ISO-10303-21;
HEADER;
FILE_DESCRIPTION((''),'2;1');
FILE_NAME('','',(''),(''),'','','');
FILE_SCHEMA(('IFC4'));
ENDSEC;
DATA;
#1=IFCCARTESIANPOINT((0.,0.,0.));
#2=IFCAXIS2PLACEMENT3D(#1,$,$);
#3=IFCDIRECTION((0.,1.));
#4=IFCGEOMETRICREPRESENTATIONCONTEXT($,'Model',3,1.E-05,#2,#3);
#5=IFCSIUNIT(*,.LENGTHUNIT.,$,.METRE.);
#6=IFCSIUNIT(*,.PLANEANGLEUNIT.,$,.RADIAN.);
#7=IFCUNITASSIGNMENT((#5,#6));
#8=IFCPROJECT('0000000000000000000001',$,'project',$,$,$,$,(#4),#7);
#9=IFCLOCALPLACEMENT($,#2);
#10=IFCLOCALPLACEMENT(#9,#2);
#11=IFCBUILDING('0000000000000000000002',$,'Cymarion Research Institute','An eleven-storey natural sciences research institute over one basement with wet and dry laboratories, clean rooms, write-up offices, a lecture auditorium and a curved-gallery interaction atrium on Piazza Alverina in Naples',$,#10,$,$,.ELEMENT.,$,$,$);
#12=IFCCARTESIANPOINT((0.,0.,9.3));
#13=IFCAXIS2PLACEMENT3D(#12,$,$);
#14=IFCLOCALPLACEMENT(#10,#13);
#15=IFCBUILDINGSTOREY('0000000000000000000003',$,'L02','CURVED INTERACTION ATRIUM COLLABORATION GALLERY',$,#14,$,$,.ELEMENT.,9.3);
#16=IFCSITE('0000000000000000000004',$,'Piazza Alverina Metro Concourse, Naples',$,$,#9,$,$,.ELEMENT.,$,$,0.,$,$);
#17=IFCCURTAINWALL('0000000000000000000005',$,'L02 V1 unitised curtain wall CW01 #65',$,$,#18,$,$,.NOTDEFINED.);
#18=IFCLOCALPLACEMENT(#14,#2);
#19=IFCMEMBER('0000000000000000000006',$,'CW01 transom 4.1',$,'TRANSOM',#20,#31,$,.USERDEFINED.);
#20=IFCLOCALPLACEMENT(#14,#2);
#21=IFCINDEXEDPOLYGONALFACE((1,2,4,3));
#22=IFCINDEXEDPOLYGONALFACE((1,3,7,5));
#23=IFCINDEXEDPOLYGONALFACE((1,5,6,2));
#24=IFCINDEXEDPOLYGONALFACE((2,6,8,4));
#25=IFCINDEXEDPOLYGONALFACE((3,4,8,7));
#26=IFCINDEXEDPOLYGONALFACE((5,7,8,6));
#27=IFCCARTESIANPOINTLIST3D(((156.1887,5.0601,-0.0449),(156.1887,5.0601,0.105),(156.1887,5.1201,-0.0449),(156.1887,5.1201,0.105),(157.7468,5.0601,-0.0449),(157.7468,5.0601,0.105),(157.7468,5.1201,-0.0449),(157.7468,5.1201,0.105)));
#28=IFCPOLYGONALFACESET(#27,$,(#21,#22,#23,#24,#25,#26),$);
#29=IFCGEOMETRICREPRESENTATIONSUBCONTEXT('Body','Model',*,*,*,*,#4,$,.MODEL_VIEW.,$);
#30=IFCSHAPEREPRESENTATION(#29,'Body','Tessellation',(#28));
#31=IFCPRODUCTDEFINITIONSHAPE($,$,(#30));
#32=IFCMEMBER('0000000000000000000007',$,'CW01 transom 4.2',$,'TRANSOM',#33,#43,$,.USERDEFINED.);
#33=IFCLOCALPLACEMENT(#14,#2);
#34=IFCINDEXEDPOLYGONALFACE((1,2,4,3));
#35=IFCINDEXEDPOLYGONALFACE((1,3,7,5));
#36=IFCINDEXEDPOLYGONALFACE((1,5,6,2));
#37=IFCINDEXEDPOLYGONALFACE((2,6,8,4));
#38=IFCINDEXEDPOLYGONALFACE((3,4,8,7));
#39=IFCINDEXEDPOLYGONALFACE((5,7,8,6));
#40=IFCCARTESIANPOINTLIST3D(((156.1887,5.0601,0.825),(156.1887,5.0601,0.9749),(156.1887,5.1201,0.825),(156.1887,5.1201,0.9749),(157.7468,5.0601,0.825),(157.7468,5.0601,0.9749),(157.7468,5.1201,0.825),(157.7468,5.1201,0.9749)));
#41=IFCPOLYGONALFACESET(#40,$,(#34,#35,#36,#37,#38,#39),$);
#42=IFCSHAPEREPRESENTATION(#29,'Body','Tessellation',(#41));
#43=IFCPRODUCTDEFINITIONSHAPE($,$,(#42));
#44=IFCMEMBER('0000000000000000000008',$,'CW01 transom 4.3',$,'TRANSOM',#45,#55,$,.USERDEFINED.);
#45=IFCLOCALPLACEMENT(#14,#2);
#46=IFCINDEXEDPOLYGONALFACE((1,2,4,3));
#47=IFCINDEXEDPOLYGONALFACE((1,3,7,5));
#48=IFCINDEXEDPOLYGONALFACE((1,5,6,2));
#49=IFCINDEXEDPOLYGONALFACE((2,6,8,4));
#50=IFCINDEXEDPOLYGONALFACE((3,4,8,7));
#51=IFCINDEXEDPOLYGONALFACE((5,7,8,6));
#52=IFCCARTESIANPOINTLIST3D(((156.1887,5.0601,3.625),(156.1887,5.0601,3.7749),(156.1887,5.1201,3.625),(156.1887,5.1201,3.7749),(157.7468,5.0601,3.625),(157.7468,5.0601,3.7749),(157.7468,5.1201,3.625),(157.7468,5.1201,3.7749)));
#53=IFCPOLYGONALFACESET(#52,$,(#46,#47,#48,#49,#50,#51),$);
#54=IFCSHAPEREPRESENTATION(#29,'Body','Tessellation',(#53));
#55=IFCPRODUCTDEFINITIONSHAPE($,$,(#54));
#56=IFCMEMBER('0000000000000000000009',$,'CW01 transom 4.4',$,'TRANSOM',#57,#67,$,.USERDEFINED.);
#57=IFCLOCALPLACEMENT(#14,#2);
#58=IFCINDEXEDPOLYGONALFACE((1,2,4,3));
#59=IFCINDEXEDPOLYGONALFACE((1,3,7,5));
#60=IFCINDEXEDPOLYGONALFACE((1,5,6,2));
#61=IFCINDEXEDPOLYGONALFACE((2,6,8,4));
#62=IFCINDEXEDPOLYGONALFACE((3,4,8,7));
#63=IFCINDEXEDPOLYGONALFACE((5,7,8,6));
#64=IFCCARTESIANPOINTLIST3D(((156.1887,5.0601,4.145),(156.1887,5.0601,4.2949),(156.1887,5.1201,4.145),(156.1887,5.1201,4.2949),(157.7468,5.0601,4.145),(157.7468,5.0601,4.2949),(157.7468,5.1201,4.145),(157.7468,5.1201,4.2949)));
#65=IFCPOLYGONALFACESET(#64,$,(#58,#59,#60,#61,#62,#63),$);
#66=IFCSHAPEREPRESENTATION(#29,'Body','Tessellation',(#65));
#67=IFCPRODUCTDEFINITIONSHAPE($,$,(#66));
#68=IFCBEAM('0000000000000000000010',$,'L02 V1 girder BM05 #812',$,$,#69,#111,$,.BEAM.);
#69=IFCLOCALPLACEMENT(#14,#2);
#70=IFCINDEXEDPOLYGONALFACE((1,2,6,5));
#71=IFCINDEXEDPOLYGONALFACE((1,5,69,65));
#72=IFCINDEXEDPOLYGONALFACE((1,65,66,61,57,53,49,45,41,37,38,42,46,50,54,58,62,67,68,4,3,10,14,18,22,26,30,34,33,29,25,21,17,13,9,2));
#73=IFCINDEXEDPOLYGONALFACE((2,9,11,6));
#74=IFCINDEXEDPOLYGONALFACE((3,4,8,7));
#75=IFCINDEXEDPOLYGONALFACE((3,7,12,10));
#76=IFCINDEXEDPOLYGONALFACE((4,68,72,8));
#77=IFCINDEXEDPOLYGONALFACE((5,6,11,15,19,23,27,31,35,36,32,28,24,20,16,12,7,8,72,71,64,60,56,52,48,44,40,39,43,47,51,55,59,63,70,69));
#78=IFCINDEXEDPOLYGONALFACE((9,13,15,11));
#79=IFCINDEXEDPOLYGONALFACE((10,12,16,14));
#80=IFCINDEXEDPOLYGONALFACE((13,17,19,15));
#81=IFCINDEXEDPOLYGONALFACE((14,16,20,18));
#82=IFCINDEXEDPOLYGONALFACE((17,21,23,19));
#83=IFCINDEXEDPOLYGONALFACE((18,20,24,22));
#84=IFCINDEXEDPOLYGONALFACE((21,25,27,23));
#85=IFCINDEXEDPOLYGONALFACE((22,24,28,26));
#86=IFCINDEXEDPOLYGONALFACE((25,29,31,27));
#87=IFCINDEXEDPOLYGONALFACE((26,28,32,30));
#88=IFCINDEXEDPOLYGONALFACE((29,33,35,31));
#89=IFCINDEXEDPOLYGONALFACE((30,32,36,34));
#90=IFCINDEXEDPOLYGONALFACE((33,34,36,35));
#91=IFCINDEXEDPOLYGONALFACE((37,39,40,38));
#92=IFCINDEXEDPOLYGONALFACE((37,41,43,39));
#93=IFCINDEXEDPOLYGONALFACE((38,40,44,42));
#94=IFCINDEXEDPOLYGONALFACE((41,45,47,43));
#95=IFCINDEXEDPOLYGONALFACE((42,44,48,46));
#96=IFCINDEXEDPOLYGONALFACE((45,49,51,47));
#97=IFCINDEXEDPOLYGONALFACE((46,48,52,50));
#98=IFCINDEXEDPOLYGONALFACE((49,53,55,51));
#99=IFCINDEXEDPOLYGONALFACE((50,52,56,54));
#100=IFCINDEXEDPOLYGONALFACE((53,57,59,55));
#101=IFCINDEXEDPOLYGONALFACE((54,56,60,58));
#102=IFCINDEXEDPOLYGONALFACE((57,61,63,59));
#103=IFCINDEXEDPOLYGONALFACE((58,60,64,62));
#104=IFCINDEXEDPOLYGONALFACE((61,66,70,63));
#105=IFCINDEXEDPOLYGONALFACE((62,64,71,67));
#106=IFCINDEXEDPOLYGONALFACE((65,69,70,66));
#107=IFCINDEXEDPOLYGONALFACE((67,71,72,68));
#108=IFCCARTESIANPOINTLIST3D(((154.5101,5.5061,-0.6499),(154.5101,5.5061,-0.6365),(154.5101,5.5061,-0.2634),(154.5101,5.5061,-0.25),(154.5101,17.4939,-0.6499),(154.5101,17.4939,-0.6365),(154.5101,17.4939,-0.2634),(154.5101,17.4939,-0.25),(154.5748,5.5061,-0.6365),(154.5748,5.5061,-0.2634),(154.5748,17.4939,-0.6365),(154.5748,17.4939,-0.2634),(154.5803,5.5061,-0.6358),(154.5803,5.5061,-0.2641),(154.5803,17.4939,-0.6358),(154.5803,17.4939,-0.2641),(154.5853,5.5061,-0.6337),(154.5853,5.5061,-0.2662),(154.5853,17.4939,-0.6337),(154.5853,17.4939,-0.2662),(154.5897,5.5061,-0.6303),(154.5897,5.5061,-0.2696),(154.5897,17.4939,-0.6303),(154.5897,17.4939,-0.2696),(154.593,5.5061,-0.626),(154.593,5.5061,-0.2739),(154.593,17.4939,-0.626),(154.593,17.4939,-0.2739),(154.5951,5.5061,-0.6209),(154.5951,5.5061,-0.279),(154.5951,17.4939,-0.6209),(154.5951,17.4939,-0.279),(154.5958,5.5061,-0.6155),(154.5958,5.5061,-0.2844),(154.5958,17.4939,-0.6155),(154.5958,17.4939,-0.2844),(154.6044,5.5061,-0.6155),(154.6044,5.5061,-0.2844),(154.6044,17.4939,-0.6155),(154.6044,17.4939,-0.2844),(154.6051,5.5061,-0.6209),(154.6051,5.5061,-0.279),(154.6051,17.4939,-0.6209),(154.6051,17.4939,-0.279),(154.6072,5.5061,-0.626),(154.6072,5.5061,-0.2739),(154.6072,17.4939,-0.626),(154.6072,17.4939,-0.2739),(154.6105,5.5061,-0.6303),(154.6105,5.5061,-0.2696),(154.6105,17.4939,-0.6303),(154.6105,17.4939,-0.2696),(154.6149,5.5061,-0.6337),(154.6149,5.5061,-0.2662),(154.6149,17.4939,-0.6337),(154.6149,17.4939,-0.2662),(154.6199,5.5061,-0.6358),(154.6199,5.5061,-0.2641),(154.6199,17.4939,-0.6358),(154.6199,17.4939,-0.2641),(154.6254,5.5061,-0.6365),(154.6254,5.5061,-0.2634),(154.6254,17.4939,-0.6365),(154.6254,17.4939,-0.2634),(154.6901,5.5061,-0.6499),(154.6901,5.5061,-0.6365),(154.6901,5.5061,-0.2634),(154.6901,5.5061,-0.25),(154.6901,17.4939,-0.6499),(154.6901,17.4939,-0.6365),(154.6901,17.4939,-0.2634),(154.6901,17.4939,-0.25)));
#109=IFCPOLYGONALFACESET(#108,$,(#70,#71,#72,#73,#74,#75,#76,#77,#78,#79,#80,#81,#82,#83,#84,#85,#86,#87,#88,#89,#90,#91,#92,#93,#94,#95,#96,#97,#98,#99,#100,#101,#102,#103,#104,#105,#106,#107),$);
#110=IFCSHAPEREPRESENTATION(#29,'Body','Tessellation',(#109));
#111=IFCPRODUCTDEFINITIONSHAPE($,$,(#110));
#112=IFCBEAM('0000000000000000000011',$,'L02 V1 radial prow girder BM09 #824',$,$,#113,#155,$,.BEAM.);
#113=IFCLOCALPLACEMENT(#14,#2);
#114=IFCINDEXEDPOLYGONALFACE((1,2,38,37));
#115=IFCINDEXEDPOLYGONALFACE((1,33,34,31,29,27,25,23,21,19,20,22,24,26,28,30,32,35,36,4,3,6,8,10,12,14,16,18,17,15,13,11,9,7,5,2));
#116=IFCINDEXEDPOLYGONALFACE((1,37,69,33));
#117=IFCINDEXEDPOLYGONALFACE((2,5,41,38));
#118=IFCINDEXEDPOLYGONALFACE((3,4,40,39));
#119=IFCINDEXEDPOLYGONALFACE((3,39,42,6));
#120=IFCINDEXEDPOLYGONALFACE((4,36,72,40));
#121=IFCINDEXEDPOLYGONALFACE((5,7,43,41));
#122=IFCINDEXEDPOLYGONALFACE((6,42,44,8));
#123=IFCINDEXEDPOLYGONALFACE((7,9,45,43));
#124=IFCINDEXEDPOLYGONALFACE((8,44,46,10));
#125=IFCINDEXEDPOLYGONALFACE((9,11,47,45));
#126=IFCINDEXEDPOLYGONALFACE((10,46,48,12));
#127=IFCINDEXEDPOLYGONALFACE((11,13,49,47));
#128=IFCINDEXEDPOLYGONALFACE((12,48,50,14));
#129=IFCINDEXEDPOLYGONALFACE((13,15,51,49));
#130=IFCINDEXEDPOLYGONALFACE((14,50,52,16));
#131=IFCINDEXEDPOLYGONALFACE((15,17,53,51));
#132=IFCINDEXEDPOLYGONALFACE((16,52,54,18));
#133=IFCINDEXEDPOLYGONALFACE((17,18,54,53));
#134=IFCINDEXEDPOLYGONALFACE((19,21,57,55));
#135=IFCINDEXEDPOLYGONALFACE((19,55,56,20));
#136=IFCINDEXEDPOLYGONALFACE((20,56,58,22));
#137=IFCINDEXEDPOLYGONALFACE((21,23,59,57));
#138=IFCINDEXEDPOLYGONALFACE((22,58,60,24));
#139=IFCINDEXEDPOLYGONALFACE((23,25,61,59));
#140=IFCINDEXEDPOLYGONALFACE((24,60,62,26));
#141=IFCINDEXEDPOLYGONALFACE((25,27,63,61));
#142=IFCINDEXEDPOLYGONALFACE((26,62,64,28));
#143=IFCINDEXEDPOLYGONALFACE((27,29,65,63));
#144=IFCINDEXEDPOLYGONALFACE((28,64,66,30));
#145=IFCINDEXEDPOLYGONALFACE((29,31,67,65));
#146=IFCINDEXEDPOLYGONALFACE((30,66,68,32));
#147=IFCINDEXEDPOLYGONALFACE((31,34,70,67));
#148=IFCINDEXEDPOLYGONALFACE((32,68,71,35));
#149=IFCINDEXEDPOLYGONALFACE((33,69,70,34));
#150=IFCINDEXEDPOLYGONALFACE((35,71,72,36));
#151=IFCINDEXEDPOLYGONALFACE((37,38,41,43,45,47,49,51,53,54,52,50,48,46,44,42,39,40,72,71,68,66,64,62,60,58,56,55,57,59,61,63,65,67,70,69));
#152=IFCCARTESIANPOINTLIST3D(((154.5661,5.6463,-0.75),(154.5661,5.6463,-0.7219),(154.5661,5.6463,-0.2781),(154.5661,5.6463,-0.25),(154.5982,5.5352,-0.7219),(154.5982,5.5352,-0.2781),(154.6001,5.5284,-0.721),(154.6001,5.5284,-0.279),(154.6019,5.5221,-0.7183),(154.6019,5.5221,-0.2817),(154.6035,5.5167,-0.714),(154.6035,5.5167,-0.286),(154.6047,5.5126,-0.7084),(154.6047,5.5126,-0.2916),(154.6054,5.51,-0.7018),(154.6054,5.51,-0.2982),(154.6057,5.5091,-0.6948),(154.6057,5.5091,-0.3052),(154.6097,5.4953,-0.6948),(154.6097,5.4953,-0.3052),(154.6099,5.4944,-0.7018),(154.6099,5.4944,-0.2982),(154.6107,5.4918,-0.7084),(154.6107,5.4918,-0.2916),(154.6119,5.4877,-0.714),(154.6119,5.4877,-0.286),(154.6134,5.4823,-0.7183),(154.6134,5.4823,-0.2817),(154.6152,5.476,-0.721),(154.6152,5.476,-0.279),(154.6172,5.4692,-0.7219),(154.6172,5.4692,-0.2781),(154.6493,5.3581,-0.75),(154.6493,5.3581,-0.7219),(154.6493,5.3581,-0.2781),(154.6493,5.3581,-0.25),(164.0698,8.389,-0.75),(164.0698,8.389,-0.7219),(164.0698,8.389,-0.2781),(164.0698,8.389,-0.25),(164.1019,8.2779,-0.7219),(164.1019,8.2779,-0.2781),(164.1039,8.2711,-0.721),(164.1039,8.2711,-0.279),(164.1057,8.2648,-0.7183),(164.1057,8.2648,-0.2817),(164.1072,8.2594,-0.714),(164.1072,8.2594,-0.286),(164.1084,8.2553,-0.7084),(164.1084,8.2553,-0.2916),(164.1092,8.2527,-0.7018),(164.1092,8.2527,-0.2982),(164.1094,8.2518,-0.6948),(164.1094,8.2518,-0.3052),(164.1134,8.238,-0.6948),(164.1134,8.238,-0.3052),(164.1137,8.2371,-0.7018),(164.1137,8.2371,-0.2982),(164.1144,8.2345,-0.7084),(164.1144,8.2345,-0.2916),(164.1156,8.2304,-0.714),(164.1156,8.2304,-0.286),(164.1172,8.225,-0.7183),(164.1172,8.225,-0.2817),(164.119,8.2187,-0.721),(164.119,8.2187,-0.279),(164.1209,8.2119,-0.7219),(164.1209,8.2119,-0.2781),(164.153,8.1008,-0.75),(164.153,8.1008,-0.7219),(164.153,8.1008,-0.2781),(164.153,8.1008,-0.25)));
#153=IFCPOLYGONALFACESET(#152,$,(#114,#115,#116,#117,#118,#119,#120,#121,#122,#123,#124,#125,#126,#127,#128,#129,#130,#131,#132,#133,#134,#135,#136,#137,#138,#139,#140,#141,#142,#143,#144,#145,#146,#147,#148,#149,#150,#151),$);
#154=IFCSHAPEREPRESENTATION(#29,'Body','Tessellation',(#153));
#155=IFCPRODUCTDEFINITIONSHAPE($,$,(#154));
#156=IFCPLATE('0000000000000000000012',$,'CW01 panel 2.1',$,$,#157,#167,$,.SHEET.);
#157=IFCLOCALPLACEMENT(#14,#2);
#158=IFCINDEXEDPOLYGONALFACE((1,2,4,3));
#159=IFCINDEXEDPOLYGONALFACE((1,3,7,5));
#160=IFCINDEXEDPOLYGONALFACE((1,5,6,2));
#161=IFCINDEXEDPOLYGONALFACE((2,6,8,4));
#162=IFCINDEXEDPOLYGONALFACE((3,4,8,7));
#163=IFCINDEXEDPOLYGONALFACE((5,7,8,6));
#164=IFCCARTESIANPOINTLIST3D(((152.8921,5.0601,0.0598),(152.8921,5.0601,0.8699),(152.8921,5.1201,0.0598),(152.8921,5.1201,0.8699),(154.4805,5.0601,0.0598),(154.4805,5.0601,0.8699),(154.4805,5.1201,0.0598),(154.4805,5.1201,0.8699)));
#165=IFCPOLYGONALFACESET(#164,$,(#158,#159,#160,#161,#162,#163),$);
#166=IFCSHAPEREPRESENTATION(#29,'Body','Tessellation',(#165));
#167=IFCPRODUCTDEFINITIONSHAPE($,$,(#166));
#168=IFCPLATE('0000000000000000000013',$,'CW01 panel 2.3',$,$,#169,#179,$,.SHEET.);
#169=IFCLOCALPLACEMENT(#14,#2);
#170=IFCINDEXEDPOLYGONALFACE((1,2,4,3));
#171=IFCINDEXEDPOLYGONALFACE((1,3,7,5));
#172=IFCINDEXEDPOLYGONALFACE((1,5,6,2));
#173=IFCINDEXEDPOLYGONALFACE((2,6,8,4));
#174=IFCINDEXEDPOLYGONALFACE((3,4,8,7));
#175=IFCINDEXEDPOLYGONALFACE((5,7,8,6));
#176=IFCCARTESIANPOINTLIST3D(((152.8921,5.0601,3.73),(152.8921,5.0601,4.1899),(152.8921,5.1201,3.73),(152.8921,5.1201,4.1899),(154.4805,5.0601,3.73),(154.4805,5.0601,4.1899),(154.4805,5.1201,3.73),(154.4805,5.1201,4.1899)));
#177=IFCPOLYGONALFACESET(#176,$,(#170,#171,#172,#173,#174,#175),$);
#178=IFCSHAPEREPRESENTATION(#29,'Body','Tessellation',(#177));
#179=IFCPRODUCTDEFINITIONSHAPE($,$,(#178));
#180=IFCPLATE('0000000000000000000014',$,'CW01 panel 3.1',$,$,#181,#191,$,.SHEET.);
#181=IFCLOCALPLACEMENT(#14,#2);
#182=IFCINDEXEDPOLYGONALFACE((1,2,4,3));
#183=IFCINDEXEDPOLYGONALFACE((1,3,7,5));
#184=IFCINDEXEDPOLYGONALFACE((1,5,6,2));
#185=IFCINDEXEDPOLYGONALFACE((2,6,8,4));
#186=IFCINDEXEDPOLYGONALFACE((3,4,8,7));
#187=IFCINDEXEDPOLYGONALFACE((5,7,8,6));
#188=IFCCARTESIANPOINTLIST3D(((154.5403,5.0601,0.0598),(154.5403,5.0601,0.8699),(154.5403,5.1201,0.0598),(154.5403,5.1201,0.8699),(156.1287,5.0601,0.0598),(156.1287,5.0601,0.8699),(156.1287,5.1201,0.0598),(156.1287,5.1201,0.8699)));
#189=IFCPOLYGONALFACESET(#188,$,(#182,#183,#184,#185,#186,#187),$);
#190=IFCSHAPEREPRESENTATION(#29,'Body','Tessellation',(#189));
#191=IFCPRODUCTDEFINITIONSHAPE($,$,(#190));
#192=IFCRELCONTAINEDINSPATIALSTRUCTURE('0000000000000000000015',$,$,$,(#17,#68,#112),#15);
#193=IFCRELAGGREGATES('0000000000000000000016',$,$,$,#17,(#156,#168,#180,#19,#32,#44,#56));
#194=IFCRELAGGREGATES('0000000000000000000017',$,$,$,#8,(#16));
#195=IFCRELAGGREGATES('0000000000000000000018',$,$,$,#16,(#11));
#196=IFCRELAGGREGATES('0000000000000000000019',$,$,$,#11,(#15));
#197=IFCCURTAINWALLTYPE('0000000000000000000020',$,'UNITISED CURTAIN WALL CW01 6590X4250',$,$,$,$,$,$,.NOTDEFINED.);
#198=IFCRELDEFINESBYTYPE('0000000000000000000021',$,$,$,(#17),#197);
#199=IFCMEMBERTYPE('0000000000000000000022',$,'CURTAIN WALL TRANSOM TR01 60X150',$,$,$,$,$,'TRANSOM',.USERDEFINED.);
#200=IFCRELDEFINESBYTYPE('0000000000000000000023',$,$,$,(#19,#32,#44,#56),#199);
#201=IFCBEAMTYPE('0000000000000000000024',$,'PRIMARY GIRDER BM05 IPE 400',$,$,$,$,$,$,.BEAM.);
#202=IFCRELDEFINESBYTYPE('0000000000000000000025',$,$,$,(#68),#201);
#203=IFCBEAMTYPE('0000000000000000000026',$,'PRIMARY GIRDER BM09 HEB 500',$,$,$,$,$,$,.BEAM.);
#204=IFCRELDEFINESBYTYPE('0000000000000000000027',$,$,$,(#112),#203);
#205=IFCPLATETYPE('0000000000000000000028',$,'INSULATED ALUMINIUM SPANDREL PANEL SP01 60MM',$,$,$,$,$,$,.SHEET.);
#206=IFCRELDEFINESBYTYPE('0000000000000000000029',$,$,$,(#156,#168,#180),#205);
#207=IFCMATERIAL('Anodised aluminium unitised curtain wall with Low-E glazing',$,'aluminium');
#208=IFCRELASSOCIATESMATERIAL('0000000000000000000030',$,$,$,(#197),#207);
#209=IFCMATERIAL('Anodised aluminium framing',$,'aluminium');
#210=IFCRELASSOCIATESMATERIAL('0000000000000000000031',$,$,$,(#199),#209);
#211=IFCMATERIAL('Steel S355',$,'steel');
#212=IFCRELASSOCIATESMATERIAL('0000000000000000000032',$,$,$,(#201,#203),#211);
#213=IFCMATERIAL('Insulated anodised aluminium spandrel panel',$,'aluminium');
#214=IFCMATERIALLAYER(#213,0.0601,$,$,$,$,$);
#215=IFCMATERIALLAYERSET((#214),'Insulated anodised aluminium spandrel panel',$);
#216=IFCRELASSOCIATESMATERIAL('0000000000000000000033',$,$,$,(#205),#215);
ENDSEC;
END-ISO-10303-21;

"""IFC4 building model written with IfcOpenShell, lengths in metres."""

from ifc_helpers import new_model, si_unit, direction, frame, origin, origin_2d, place, context, subcontext, project, spatial, rectangle, i_section, extrude, material, layer, layer_set, material_profile, profile_set, type_object, element, aggregate, save


model = new_model("IFC4")

# Units and contexts
model_context = context("Model", 3, precision=1e-05, world=origin(), true_north=direction((0.0, 1.0)))
body_context = subcontext(model_context, "Body", "Model", "MODEL_VIEW")
ifc_project = project(units=[si_unit("LENGTHUNIT", "METRE"), si_unit("PLANEANGLEUNIT", "RADIAN")], contexts=[model_context])

# Site, building, storey
site_placement = place(None, origin())
site = spatial("IfcSite", under=ifc_project, at=site_placement, Name="Piazza Alverina Metro Concourse, Naples", CompositionType="ELEMENT", RefElevation=0.0)
building_placement = place(site_placement, origin())
building = spatial("IfcBuilding", under=site, at=building_placement, Name="Cymarion Research Institute", Description="An eleven-storey natural sciences research institute over one basement with wet and dry laboratories, clean rooms, write-up offices, a lecture auditorium and a curved-gallery interaction atrium on Piazza Alverina in Naples", CompositionType="ELEMENT")
storey_placement = place(building_placement, frame((0.0, 0.0, 9.3)))
storey = spatial("IfcBuildingStorey", under=building, at=storey_placement, Name="L02", Description="CURVED INTERACTION ATRIUM COLLABORATION GALLERY", CompositionType="ELEMENT", Elevation=9.3)

# Shared definitions
ifc_material_1 = material(Name="Steel S355", Category="steel")

# Curtain wall, members
ifc_material_2 = material(Name="Anodised aluminium unitised curtain wall with Low-E glazing", Category="aluminium")
curtain_wall_type = type_object("IfcCurtainWallType", Name="UNITISED CURTAIN WALL CW01 6590X4250", PredefinedType="NOTDEFINED", material=ifc_material_2)
curtain_wall_placement = place(storey_placement, origin())
curtain_wall = element("IfcCurtainWall", 1, at=curtain_wall_placement, inside=storey, type_object=curtain_wall_type, Name="L02 V1 unitised curtain wall CW01 #65", PredefinedType="NOTDEFINED")
ifc_material_3 = material(Name="Anodised aluminium framing", Category="aluminium")
ifc_material_profile_1 = material_profile(ifc_material_3, rectangle(XDim=0.0601, YDim=0.1499, at=origin_2d()), Name="ALU TRANSOM 60x150")
ifc_profile_set_1 = profile_set([ifc_material_profile_1], Name="Anodised aluminium framing")
member_type_1 = type_object("IfcMemberType", Name="CURTAIN WALL TRANSOM TR01 60X150", ElementType="TRANSOM", PredefinedType="USERDEFINED", material=ifc_profile_set_1)
member_1_placement = place(storey_placement, frame((156.1887, 5.0901, 0.03), z_axis=(1.0, 0.0, 0.0), x_axis=(0.0, 1.0, 0.0)))
member_1 = element("IfcMember", 2, at=member_1_placement, type_object=member_type_1, Name="CW01 transom 4.1", ObjectType="TRANSOM", PredefinedType="USERDEFINED", context=body_context, shape_type="SweptSolid", body=[
    extrude(rectangle(XDim=0.0601, YDim=0.1499, at=origin_2d()), origin(), (0.0, 0.0, 1.0), 1.5581),
])
member_2_placement = place(storey_placement, frame((156.1887, 5.0901, 0.8999), z_axis=(1.0, 0.0, 0.0), x_axis=(0.0, 1.0, 0.0)))
member_2 = element("IfcMember", 3, at=member_2_placement, type_object=member_type_1, Name="CW01 transom 4.2", ObjectType="TRANSOM", PredefinedType="USERDEFINED", context=body_context, shape_type="SweptSolid", body=[
    extrude(rectangle(XDim=0.0601, YDim=0.1499, at=origin_2d()), origin(), (0.0, 0.0, 1.0), 1.5581),
])
member_3_placement = place(storey_placement, frame((156.1887, 5.0901, 3.7), z_axis=(1.0, 0.0, 0.0), x_axis=(0.0, 1.0, 0.0)))
member_3 = element("IfcMember", 4, at=member_3_placement, type_object=member_type_1, Name="CW01 transom 4.3", ObjectType="TRANSOM", PredefinedType="USERDEFINED", context=body_context, shape_type="SweptSolid", body=[
    extrude(rectangle(XDim=0.0601, YDim=0.1499, at=origin_2d()), origin(), (0.0, 0.0, 1.0), 1.5581),
])
member_4_placement = place(storey_placement, frame((156.1887, 5.0901, 4.22), z_axis=(1.0, 0.0, 0.0), x_axis=(0.0, 1.0, 0.0)))
member_4 = element("IfcMember", 5, at=member_4_placement, type_object=member_type_1, Name="CW01 transom 4.4", ObjectType="TRANSOM", PredefinedType="USERDEFINED", context=body_context, shape_type="SweptSolid", body=[
    extrude(rectangle(XDim=0.0601, YDim=0.1499, at=origin_2d()), origin(), (0.0, 0.0, 1.0), 1.5581),
])

# Beams
ifc_material_profile_2 = material_profile(ifc_material_1, i_section(OverallWidth=0.1799, OverallDepth=0.3999, WebThickness=0.0085, FlangeThickness=0.0134, FilletRadius=0.021, at=origin_2d()), Name="IPE 400")
ifc_profile_set_2 = profile_set([ifc_material_profile_2], Name="Steel S355")
beam_type_1 = type_object("IfcBeamType", Name="PRIMARY GIRDER BM05 IPE 400", PredefinedType="BEAM", material=ifc_profile_set_2)
beam_1_placement = place(storey_placement, frame((154.6001, 5.5061, -0.45), z_axis=(0.0, 1.0, 0.0), x_axis=(-1.0, 0.0, 0.0)))
element("IfcBeam", 6, at=beam_1_placement, inside=storey, type_object=beam_type_1, Name="L02 V1 girder BM05 #812", PredefinedType="BEAM", context=body_context, shape_type="SweptSolid", body=[
    extrude(i_section(OverallWidth=0.1799, OverallDepth=0.3999, WebThickness=0.0085, FlangeThickness=0.0134, FilletRadius=0.021, at=origin_2d()), origin(), (0.0, 0.0, 1.0), 11.9878),
])
ifc_material_profile_3 = material_profile(ifc_material_1, i_section(OverallWidth=0.3, OverallDepth=0.5, WebThickness=0.0144, FlangeThickness=0.0281, FilletRadius=0.0271, at=origin_2d()), Name="HEB 500")
ifc_profile_set_3 = profile_set([ifc_material_profile_3], Name="Steel S355")
beam_type_2 = type_object("IfcBeamType", Name="PRIMARY GIRDER BM09 HEB 500", PredefinedType="BEAM", material=ifc_profile_set_3)
beam_2_placement = place(storey_placement, frame((154.6077, 5.5022, -0.5), z_axis=(0.96079, 0.277276, 0.0), x_axis=(-0.277276, 0.96079, 0.0)))
element("IfcBeam", 7, at=beam_2_placement, inside=storey, type_object=beam_type_2, Name="L02 V1 radial prow girder BM09 #824", PredefinedType="BEAM", context=body_context, shape_type="SweptSolid", body=[
    extrude(i_section(OverallWidth=0.3, OverallDepth=0.5, WebThickness=0.0144, FlangeThickness=0.0281, FilletRadius=0.0271, at=origin_2d()), origin(), (0.0, 0.0, 1.0), 9.8916),
])

# Plates
ifc_material_4 = material(Name="Insulated anodised aluminium spandrel panel", Category="aluminium")
ifc_layer_1 = layer(ifc_material_4, 0.0601)
ifc_layer_set_1 = layer_set([ifc_layer_1], Name="Insulated anodised aluminium spandrel panel")
plate_type_1 = type_object("IfcPlateType", Name="INSULATED ALUMINIUM SPANDREL PANEL SP01 60MM", PredefinedType="SHEET", material=ifc_layer_set_1)
plate_1_placement = place(storey_placement, frame((153.6863, 5.0901, 0.0598), z_axis=(0.0, 0.0, 1.0), x_axis=(1.0, 0.0, 0.0)))
plate_1 = element("IfcPlate", 8, at=plate_1_placement, type_object=plate_type_1, Name="CW01 panel 2.1", PredefinedType="SHEET", context=body_context, shape_type="SweptSolid", body=[
    extrude(rectangle(XDim=1.5884, YDim=0.0601, at=origin_2d()), origin(), (0.0, 0.0, 1.0), 0.8101),
])
plate_2_placement = place(storey_placement, frame((153.6863, 5.0901, 3.73), z_axis=(0.0, 0.0, 1.0), x_axis=(1.0, 0.0, 0.0)))
plate_2 = element("IfcPlate", 9, at=plate_2_placement, type_object=plate_type_1, Name="CW01 panel 2.3", PredefinedType="SHEET", context=body_context, shape_type="SweptSolid", body=[
    extrude(rectangle(XDim=1.5884, YDim=0.0601, at=origin_2d()), origin(), (0.0, 0.0, 1.0), 0.46),
])
plate_3_placement = place(storey_placement, frame((155.3345, 5.0901, 0.0598), z_axis=(0.0, 0.0, 1.0), x_axis=(1.0, 0.0, 0.0)))
plate_3 = element("IfcPlate", 10, at=plate_3_placement, type_object=plate_type_1, Name="CW01 panel 3.1", PredefinedType="SHEET", context=body_context, shape_type="SweptSolid", body=[
    extrude(rectangle(XDim=1.5884, YDim=0.0601, at=origin_2d()), origin(), (0.0, 0.0, 1.0), 0.8101),
])
aggregate(curtain_wall, [plate_1, plate_2, plate_3, member_1, member_2, member_3, member_4])

save(model, "model.ifc")
